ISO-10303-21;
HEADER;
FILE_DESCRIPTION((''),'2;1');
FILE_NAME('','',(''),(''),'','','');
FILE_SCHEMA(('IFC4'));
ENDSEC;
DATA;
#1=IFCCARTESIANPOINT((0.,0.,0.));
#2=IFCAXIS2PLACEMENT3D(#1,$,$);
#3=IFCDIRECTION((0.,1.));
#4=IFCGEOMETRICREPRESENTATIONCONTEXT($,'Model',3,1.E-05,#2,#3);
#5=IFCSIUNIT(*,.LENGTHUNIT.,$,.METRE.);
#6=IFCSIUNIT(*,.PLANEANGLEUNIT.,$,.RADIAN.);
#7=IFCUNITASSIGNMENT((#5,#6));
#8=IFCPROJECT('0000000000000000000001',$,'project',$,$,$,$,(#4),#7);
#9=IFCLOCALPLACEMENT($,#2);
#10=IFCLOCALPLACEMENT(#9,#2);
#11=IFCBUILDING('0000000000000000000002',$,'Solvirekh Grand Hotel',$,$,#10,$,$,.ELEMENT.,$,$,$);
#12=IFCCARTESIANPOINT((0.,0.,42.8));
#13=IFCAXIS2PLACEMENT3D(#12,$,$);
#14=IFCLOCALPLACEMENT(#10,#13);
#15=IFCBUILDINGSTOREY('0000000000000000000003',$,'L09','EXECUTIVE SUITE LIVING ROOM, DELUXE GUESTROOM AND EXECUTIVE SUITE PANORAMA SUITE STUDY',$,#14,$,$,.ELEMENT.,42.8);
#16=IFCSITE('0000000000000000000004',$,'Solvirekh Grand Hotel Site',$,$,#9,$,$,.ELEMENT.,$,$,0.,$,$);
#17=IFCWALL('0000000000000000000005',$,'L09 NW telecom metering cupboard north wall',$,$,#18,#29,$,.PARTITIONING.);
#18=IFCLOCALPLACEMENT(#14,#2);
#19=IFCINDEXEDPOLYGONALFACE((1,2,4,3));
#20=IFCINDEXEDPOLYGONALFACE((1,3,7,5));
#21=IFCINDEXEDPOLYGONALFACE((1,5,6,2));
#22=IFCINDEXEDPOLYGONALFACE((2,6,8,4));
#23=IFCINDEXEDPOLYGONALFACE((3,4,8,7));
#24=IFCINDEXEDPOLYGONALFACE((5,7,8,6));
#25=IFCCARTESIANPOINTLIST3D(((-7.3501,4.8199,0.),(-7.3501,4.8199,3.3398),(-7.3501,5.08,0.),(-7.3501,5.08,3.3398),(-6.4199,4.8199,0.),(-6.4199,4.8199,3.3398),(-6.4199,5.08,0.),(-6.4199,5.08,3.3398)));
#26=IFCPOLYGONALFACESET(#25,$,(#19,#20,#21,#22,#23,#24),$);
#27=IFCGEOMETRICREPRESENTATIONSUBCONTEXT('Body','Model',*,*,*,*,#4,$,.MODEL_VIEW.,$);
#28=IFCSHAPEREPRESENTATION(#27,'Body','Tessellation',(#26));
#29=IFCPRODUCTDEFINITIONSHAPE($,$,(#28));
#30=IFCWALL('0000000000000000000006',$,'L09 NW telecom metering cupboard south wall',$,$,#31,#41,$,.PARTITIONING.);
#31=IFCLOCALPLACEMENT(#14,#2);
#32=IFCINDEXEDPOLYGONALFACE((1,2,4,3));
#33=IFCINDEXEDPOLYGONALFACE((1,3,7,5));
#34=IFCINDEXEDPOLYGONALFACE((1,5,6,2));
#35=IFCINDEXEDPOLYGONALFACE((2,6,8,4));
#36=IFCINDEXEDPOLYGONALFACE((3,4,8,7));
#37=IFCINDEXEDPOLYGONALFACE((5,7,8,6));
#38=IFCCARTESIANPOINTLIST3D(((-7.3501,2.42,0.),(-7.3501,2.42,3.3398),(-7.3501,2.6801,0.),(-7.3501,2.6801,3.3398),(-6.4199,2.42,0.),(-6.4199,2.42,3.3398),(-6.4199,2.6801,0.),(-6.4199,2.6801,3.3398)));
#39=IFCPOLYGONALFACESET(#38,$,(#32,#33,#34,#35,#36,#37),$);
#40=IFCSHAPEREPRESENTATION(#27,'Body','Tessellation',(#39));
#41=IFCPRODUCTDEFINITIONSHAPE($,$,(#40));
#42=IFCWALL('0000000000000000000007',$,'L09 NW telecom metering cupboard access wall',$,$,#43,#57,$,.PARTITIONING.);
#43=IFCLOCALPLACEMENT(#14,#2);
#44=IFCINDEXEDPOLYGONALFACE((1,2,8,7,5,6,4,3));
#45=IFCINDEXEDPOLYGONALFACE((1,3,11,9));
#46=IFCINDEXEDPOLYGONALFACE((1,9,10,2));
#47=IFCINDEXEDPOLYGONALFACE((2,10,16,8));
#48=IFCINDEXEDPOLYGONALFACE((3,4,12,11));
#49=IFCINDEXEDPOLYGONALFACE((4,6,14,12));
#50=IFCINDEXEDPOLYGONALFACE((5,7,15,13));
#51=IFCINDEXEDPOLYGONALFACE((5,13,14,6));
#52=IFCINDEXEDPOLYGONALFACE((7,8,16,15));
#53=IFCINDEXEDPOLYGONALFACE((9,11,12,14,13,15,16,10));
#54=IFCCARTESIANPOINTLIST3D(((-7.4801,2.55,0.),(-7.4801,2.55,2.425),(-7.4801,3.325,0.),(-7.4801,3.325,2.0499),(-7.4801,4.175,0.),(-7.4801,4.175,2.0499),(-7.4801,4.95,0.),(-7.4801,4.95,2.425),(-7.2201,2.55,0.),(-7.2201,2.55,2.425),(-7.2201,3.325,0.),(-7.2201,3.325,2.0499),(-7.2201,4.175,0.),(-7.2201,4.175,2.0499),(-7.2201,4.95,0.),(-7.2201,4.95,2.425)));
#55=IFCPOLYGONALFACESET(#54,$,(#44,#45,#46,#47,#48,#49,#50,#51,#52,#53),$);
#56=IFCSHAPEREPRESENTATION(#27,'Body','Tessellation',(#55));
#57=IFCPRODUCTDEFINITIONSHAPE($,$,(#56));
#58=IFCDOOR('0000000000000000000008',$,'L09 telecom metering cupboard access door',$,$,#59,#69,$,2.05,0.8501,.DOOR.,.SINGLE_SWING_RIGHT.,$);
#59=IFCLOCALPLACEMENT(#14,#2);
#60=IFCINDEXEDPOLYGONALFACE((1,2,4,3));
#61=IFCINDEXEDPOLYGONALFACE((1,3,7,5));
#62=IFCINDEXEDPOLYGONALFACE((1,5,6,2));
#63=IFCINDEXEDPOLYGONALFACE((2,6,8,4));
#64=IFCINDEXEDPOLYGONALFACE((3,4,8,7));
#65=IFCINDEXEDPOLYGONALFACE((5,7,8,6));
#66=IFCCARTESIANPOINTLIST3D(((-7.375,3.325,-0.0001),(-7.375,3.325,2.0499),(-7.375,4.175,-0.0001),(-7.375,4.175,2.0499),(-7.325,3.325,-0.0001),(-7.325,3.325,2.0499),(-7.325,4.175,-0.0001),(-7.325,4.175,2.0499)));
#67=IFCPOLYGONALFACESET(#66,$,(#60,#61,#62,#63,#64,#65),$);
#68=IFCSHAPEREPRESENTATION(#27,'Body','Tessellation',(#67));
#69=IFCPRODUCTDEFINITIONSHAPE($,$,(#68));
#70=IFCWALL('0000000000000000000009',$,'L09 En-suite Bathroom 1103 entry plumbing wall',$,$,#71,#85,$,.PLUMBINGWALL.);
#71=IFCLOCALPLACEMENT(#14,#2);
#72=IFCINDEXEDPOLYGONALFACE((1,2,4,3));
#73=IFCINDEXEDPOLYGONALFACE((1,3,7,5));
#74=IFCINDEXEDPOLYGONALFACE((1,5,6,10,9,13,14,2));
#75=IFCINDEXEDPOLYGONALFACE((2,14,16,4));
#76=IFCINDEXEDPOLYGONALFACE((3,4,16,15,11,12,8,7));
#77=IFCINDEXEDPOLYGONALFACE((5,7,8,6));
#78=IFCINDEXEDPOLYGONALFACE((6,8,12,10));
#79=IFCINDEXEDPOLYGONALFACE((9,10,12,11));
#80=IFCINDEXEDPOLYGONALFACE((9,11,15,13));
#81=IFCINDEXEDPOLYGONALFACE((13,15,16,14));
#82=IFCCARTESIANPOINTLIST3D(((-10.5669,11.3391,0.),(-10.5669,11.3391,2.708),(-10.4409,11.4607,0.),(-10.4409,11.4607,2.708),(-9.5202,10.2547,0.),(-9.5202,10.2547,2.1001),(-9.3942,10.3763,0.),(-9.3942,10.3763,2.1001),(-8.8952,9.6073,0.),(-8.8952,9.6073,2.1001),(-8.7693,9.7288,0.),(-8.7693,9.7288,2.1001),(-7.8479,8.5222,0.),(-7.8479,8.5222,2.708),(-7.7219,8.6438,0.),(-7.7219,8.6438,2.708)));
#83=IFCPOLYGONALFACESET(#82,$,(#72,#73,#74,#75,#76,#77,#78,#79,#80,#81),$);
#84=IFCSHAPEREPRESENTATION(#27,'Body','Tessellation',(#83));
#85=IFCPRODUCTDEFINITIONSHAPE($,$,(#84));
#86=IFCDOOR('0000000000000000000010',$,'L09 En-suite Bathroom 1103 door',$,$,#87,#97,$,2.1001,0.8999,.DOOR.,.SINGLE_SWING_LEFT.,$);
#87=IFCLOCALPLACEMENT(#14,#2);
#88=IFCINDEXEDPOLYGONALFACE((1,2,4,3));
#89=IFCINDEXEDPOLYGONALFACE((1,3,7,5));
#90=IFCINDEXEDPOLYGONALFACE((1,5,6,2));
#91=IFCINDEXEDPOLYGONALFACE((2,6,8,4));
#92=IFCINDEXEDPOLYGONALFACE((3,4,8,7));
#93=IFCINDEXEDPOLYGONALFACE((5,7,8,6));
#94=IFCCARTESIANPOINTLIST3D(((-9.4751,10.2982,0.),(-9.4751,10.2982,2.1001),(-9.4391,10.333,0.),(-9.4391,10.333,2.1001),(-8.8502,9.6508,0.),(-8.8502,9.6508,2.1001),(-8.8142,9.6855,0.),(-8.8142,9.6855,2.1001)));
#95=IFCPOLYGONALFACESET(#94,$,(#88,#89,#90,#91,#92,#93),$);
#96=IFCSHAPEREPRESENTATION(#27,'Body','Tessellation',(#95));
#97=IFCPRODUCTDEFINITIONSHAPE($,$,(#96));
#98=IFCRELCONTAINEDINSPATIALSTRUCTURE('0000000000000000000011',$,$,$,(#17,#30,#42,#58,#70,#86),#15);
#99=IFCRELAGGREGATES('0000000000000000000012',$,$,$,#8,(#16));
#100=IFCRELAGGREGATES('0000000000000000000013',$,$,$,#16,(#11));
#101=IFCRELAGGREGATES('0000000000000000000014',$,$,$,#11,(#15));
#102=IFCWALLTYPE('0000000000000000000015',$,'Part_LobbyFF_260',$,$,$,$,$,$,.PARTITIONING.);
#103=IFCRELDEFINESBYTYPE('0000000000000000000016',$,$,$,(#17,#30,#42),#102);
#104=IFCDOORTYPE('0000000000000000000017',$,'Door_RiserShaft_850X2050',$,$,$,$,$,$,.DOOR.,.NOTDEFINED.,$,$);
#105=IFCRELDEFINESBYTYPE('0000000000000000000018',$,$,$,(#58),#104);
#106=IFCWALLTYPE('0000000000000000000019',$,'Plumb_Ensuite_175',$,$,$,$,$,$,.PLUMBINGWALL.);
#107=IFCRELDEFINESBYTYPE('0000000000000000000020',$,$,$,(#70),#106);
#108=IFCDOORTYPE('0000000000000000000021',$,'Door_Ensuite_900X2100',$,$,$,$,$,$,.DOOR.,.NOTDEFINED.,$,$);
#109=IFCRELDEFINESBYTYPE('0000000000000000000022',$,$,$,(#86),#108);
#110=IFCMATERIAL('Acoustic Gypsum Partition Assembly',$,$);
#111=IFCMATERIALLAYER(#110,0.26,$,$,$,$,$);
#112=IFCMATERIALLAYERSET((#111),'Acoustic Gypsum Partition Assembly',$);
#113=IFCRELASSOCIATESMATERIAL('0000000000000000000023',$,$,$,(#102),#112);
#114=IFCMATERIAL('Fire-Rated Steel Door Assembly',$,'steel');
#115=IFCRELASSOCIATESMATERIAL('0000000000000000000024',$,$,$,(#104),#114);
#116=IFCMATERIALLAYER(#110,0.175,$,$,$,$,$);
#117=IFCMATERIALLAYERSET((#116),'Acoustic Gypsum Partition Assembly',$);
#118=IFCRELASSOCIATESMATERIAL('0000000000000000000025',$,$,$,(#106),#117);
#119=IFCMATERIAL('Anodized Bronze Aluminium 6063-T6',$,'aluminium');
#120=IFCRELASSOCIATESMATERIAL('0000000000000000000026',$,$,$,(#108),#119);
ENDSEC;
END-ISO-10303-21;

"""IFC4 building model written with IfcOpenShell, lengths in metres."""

from ifc_helpers import new_model, si_unit, direction, frame, frame_2d, origin, place, context, subcontext, project, spatial, rectangle, extrude, material, layer, layer_set, type_object, element, fill, save


model = new_model("IFC4")

# Units and contexts
model_context = context("Model", 3, precision=1e-05, world=origin(), true_north=direction((0.0, 1.0)))
body_context = subcontext(model_context, "Body", "Model", "MODEL_VIEW")
ifc_project = project(units=[si_unit("LENGTHUNIT", "METRE"), si_unit("PLANEANGLEUNIT", "RADIAN")], contexts=[model_context])

# Site, building, storey
site_placement = place(None, origin())
site = spatial("IfcSite", under=ifc_project, at=site_placement, Name="Solvirekh Grand Hotel Site", CompositionType="ELEMENT", RefElevation=0.0)
building_placement = place(site_placement, origin())
building = spatial("IfcBuilding", under=site, at=building_placement, Name="Solvirekh Grand Hotel", CompositionType="ELEMENT")
storey_placement = place(building_placement, frame((0.0, 0.0, 42.8)))
storey = spatial("IfcBuildingStorey", under=building, at=storey_placement, Name="L09", Description="EXECUTIVE SUITE LIVING ROOM, DELUXE GUESTROOM AND EXECUTIVE SUITE PANORAMA SUITE STUDY", CompositionType="ELEMENT", Elevation=42.8)

# Shared definitions
ifc_material_1 = material(Name="Anodized Bronze Aluminium 6063-T6", Category="aluminium")

# Shared definitions
ifc_material_2 = material(Name="Acoustic Gypsum Partition Assembly")

# Shared definitions
ifc_material_3 = material(Name="Fire-Rated Steel Door Assembly", Category="steel")

# Walls
ifc_layer_1 = layer(ifc_material_2, 0.26)
ifc_layer_set_1 = layer_set([ifc_layer_1], Name="Acoustic Gypsum Partition Assembly")
wall_type_1 = type_object("IfcWallType", Name="Part_LobbyFF_260", PredefinedType="PARTITIONING", material=ifc_layer_set_1)
for number, where, z_axis, x_axis, name in (
    (1, (-7.3501, 4.95, 0.0), (0.0, 0.0, 1.0), (1.0, 0.0, 0.0), "L09 NW telecom metering cupboard north wall"),
    (2, (-7.3501, 2.55, 0.0), (0.0, 0.0, 1.0), (1.0, 0.0, 0.0), "L09 NW telecom metering cupboard south wall"),
):
    element("IfcWall", number, at=place(storey_placement, frame(where, z_axis=z_axis, x_axis=x_axis)), inside=storey, type_object=wall_type_1, Name=name, PredefinedType="PARTITIONING", context=body_context, shape_type="SweptSolid", body=[
        extrude(rectangle(XDim=0.9302, YDim=0.26, at=frame_2d((0.4651, 0.0))), origin(), (0.0, 0.0, 1.0), 3.3398),
    ])

# Walls, openings, doors
wall_1_placement = place(storey_placement, frame((-7.3501, 2.55, 0.0), z_axis=(0.0, 0.0, 1.0), x_axis=(0.0, 1.0, 0.0)))
wall_1 = element("IfcWall", 3, at=wall_1_placement, inside=storey, type_object=wall_type_1, Name="L09 NW telecom metering cupboard access wall", PredefinedType="PARTITIONING", context=body_context, shape_type="SweptSolid", body=[
    extrude(rectangle(XDim=2.3999, YDim=0.26, at=frame_2d((1.2, 0.0))), origin(), (0.0, 0.0, 1.0), 2.425),
])
opening_1_placement = place(wall_1_placement, frame((0.7749, 0.0, 0.0)))
opening_1 = element("IfcOpeningElement", 4, at=opening_1_placement, cuts=wall_1, PredefinedType="OPENING", context=body_context, shape_type="SweptSolid", body=[
    extrude(rectangle(XDim=0.8501, YDim=2.05, at=frame_2d((0.425, 1.0249))), frame((0.0, 0.1401, 0.0), z_axis=(0.0, -1.0, 0.0), x_axis=(1.0, 0.0, 0.0)), (0.0, 0.0, 1.0), 0.28),
])
door_type_1 = type_object("IfcDoorType", Name="Door_RiserShaft_850X2050", OperationType="NOTDEFINED", PredefinedType="DOOR", material=ifc_material_3)
door_1_placement = place(opening_1_placement, origin())
door_1 = element("IfcDoor", 5, at=door_1_placement, inside=storey, type_object=door_type_1, Name="L09 telecom metering cupboard access door", OperationType="SINGLE_SWING_RIGHT", OverallHeight=2.05, OverallWidth=0.8501, PredefinedType="DOOR", context=body_context, shape_type="SweptSolid", body=[
    extrude(rectangle(XDim=0.8501, YDim=2.05, at=frame_2d((0.425, 1.0249))), frame((0.0, 0.0249, 0.0), z_axis=(0.0, -1.0, 0.0), x_axis=(1.0, 0.0, 0.0)), (0.0, 0.0, 1.0), 0.05),
])
fill(opening_1, door_1)
ifc_layer_2 = layer(ifc_material_2, 0.175)
ifc_layer_set_2 = layer_set([ifc_layer_2], Name="Acoustic Gypsum Partition Assembly")
wall_type_2 = type_object("IfcWallType", Name="Plumb_Ensuite_175", PredefinedType="PLUMBINGWALL", material=ifc_layer_set_2)
wall_2_placement = place(storey_placement, frame((-7.7849, 8.583, 0.0), z_axis=(0.0, 0.0, 1.0), x_axis=(-0.694493, 0.719499, 0.0)))
wall_2 = element("IfcWall", 6, at=wall_2_placement, inside=storey, type_object=wall_type_2, Name="L09 En-suite Bathroom 1103 entry plumbing wall", PredefinedType="PLUMBINGWALL", context=body_context, shape_type="SweptSolid", body=[
    extrude(rectangle(XDim=3.915, YDim=0.175, at=frame_2d((1.9575, 0.0))), origin(), (0.0, 0.0, 1.0), 2.708),
])
opening_2_placement = place(wall_2_placement, frame((1.5081, 0.0, 0.0)))
opening_2 = element("IfcOpeningElement", 7, at=opening_2_placement, cuts=wall_2, PredefinedType="OPENING", context=body_context, shape_type="SweptSolid", body=[
    extrude(rectangle(XDim=0.8999, YDim=2.1001, at=frame_2d((0.45, 1.05))), frame((0.0, 0.0977, 0.0), z_axis=(0.0, -1.0, 0.0), x_axis=(1.0, 0.0, 0.0)), (0.0, 0.0, 1.0), 0.1951),
])
door_type_2 = type_object("IfcDoorType", Name="Door_Ensuite_900X2100", OperationType="NOTDEFINED", PredefinedType="DOOR", material=ifc_material_1)
door_2_placement = place(opening_2_placement, origin())
door_2 = element("IfcDoor", 8, at=door_2_placement, inside=storey, type_object=door_type_2, Name="L09 En-suite Bathroom 1103 door", OperationType="SINGLE_SWING_LEFT", OverallHeight=2.1001, OverallWidth=0.8999, PredefinedType="DOOR", context=body_context, shape_type="SweptSolid", body=[
    extrude(rectangle(XDim=0.8999, YDim=2.1001, at=frame_2d((0.45, 1.05))), frame((0.0, 0.0249, 0.0), z_axis=(0.0, -1.0, 0.0), x_axis=(1.0, 0.0, 0.0)), (0.0, 0.0, 1.0), 0.05),
])
fill(opening_2, door_2)

save(model, "model.ifc")
